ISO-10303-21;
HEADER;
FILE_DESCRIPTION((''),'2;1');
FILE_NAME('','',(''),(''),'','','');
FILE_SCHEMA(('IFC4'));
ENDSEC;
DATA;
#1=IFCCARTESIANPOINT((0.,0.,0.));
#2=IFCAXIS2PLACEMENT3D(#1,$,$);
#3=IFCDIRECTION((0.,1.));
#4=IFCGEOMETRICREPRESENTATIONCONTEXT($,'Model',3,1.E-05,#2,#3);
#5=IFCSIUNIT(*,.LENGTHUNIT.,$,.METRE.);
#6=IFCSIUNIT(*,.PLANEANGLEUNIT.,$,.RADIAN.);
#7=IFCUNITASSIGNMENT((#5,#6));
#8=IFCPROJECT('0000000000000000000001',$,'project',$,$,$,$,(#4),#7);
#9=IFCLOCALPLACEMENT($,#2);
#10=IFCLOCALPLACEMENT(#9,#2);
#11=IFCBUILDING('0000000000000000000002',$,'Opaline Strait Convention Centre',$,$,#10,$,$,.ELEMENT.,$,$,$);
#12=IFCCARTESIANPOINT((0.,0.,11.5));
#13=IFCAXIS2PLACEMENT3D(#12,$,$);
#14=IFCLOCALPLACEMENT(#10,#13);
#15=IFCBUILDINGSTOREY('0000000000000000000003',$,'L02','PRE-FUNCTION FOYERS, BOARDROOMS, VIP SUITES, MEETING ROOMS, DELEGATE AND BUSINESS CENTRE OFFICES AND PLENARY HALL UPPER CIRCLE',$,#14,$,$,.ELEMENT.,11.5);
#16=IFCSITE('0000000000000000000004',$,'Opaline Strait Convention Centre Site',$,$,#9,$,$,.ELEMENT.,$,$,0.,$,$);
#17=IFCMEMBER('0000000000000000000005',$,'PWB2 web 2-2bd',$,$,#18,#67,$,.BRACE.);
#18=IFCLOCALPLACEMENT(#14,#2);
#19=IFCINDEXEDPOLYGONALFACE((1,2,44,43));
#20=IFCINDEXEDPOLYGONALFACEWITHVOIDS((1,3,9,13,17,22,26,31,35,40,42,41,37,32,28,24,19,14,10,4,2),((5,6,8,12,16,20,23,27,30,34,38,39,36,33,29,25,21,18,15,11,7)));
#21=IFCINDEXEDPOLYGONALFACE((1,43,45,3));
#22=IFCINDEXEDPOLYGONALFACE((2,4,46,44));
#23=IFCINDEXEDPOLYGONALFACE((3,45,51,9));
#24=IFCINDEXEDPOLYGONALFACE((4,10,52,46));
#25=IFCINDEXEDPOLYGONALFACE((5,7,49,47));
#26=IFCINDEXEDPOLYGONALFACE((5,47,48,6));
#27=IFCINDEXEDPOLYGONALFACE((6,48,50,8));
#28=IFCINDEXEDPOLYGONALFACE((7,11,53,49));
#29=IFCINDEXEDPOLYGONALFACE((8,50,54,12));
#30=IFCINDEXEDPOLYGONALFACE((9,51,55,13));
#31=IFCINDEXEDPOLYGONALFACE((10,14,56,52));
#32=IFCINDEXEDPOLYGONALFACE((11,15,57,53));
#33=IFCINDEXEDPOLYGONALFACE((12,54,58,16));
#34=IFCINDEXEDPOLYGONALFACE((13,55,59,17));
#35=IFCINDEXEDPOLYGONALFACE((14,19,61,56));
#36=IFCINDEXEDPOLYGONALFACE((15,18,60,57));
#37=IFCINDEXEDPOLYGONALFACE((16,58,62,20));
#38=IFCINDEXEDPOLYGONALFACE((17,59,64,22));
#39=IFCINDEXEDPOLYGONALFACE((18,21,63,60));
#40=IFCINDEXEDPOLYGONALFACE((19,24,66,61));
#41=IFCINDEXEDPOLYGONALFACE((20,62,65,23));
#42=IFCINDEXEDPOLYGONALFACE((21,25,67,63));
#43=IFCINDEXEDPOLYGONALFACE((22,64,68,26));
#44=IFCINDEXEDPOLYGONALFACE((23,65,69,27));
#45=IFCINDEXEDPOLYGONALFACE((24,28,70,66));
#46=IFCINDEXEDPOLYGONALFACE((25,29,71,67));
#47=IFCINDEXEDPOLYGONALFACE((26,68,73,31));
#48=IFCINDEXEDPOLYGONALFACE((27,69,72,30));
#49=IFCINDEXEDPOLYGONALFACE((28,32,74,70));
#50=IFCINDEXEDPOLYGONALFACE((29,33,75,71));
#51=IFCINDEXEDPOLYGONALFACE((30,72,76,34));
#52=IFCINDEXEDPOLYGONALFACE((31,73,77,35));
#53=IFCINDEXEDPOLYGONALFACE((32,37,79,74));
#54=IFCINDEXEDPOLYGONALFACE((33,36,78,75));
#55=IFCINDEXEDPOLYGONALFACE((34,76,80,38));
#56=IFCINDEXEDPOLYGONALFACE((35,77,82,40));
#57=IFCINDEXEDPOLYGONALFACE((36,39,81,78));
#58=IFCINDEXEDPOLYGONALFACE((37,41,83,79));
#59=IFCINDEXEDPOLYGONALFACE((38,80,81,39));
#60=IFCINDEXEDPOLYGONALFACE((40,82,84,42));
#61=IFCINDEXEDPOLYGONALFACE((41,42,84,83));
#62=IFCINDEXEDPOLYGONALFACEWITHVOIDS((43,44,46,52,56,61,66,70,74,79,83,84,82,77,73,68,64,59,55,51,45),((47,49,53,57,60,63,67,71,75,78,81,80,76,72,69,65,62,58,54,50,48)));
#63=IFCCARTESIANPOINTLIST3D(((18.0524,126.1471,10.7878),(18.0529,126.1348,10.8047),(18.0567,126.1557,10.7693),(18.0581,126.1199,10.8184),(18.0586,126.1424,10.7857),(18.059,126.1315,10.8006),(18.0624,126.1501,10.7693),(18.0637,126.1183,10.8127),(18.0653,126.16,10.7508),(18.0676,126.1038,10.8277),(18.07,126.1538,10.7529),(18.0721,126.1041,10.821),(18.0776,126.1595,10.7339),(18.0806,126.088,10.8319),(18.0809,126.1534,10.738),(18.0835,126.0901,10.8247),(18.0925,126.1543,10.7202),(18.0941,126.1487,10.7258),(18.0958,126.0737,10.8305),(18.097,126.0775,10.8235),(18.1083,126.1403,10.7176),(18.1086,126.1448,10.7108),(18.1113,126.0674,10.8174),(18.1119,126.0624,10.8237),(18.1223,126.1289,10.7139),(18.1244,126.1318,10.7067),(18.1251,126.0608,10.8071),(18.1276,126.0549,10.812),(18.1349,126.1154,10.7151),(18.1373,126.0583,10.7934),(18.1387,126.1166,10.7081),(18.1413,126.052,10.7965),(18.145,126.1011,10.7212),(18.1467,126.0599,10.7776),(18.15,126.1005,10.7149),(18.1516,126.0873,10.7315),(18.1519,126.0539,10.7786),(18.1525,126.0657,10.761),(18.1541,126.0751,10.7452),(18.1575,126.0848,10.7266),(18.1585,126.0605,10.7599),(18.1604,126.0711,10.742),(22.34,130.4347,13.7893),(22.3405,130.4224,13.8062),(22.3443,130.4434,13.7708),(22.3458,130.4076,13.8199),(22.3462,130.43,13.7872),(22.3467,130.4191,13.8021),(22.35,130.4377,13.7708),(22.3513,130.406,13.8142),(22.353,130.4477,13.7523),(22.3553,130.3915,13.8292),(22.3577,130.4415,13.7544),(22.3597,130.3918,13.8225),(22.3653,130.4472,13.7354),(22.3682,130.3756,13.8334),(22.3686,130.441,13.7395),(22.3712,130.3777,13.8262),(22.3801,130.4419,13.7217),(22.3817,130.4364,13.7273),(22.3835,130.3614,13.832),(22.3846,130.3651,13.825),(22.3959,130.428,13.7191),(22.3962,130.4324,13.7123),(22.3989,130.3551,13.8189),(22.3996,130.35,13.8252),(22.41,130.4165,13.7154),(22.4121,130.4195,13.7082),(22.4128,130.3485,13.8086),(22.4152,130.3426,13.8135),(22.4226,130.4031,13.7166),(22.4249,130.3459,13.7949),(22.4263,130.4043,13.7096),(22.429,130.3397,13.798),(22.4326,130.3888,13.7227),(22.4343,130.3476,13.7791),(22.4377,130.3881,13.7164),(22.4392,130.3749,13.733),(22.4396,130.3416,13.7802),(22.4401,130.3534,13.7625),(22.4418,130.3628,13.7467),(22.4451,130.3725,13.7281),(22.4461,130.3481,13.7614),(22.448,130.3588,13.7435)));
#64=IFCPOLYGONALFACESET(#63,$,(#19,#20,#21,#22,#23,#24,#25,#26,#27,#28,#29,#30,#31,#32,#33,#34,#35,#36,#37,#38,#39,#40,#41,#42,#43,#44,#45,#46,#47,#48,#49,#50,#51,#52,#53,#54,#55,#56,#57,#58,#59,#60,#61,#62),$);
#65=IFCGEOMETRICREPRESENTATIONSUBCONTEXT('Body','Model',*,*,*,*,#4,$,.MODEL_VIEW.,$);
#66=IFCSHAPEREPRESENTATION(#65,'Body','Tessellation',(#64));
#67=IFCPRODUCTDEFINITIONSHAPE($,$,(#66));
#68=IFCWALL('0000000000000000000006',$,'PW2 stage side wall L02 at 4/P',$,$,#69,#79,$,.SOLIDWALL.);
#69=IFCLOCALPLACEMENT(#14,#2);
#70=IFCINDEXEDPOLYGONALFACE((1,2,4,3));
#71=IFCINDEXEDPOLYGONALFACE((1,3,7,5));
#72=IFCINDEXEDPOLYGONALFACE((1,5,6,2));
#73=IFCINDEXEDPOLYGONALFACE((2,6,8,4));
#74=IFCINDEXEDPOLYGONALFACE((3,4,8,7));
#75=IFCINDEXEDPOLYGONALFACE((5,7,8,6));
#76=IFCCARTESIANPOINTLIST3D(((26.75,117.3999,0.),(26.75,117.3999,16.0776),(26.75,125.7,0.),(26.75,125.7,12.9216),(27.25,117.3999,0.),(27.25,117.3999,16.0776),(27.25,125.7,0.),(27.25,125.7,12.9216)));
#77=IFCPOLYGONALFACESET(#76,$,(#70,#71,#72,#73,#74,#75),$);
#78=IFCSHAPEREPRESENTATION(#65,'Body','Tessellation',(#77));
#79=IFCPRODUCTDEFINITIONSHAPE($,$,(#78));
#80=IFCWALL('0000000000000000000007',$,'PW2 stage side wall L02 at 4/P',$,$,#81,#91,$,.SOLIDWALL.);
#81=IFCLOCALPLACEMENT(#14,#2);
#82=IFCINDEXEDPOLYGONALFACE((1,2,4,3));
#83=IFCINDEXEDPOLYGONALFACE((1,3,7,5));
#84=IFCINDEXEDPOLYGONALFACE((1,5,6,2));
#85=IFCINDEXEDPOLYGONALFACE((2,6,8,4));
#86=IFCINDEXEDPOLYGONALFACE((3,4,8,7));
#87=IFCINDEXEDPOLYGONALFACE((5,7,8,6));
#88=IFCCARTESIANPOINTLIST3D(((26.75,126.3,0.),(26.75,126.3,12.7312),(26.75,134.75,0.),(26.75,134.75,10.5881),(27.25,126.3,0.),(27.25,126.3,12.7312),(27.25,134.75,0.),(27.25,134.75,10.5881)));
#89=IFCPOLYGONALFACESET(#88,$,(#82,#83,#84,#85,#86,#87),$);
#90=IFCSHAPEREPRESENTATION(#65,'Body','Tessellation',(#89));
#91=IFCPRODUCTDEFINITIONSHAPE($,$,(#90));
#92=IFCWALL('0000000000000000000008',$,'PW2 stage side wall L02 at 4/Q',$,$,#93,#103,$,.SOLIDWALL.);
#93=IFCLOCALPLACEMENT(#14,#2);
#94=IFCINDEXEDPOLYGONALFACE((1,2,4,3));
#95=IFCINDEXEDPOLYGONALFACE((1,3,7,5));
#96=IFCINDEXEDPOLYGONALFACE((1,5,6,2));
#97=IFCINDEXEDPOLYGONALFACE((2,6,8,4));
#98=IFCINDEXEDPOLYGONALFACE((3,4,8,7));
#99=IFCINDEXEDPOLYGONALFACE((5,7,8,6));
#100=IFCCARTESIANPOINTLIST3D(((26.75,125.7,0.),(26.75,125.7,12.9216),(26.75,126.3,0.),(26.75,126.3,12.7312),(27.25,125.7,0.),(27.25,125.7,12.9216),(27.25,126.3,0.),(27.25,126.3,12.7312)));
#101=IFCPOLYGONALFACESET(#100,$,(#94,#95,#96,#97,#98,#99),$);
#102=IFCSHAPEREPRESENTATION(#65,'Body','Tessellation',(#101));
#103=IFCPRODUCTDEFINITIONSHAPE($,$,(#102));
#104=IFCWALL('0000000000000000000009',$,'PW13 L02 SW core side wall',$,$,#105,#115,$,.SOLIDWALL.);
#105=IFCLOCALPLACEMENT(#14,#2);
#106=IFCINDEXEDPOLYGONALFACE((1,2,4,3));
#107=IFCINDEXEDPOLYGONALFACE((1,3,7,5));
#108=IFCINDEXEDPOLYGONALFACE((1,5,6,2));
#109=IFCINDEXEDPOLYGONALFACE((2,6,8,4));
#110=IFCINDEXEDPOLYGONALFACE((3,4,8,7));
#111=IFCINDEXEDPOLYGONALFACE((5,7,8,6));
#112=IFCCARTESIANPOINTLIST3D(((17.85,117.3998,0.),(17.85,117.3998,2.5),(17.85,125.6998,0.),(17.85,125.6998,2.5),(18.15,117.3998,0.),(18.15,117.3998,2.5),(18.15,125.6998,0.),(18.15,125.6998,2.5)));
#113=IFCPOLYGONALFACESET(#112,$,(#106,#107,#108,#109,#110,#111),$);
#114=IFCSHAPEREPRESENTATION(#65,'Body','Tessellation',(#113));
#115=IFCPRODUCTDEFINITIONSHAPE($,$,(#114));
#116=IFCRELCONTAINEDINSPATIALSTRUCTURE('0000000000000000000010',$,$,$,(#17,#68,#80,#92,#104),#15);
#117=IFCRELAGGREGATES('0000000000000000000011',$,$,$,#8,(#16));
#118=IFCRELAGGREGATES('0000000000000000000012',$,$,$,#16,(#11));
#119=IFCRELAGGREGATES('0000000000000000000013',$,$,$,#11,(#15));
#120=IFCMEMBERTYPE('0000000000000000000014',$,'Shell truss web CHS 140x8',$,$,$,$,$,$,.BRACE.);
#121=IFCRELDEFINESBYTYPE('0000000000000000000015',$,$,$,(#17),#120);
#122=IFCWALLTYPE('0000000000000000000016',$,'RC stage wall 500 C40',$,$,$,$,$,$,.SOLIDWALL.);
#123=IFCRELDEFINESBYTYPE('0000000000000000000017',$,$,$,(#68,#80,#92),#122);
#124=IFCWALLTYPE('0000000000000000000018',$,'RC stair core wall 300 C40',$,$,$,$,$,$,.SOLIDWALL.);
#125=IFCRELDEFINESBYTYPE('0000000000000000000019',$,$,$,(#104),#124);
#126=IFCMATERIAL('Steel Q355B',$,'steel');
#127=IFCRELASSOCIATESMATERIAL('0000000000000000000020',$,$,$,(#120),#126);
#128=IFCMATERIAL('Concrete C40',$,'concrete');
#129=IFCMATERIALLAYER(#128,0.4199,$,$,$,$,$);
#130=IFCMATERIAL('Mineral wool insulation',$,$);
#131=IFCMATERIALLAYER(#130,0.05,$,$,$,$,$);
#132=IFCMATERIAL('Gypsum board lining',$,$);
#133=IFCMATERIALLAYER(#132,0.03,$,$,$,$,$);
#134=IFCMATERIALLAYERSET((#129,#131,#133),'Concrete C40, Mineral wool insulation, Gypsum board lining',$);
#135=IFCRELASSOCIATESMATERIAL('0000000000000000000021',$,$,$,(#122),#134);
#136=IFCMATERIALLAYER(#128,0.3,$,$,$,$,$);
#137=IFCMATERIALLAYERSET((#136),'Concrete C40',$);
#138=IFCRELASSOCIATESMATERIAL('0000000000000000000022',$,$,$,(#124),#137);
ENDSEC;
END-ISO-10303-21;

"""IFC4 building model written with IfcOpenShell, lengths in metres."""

from ifc_helpers import new_model, si_unit, direction, frame, frame_2d, origin, origin_2d, place, context, subcontext, project, spatial, polyline, rectangle, hollow_circle, outline, extrude, material, layer, layer_set, material_profile, profile_set, type_object, element, save


model = new_model("IFC4")

# Units and contexts
model_context = context("Model", 3, precision=1e-05, world=origin(), true_north=direction((0.0, 1.0)))
body_context = subcontext(model_context, "Body", "Model", "MODEL_VIEW")
ifc_project = project(units=[si_unit("LENGTHUNIT", "METRE"), si_unit("PLANEANGLEUNIT", "RADIAN")], contexts=[model_context])

# Site, building, storey
site_placement = place(None, origin())
site = spatial("IfcSite", under=ifc_project, at=site_placement, Name="Opaline Strait Convention Centre Site", CompositionType="ELEMENT", RefElevation=0.0)
building_placement = place(site_placement, origin())
building = spatial("IfcBuilding", under=site, at=building_placement, Name="Opaline Strait Convention Centre", CompositionType="ELEMENT")
storey_placement = place(building_placement, frame((0.0, 0.0, 11.5)))
storey = spatial("IfcBuildingStorey", under=building, at=storey_placement, Name="L02", Description="PRE-FUNCTION FOYERS, BOARDROOMS, VIP SUITES, MEETING ROOMS, DELEGATE AND BUSINESS CENTRE OFFICES AND PLENARY HALL UPPER CIRCLE", CompositionType="ELEMENT", Elevation=11.5)

# Member
ifc_material_1 = material(Name="Steel Q355B", Category="steel")
ifc_material_profile_1 = material_profile(ifc_material_1, hollow_circle(Radius=0.0701, WallThickness=0.0081, at=origin_2d()), Name="CHS 140x8")
ifc_profile_set_1 = profile_set([ifc_material_profile_1], Name="Steel Q355B")
member_type_1 = type_object("IfcMemberType", Name="Shell truss web CHS 140x8", PredefinedType="BRACE", material=ifc_profile_set_1)
member_1_placement = place(storey_placement, frame((18.1062, 126.1062, 10.7693), z_axis=(0.633718, 0.633718, 0.443624), x_axis=(-0.707107, 0.707107, 0.0)))
element("IfcMember", 1, at=member_1_placement, inside=storey, type_object=member_type_1, Name="PWB2 web 2-2bd", PredefinedType="BRACE", context=body_context, shape_type="SweptSolid", body=[
    extrude(hollow_circle(Radius=0.0701, WallThickness=0.0081, at=origin_2d()), origin(), (0.0, 0.0, 1.0), 6.7659),
])

# Walls
ifc_material_2 = material(Name="Concrete C40", Category="concrete")
ifc_layer_1 = layer(ifc_material_2, 0.4199)
ifc_material_3 = material(Name="Mineral wool insulation")
ifc_layer_2 = layer(ifc_material_3, 0.05)
ifc_material_4 = material(Name="Gypsum board lining")
ifc_layer_3 = layer(ifc_material_4, 0.03)
ifc_layer_set_1 = layer_set([ifc_layer_1, ifc_layer_2, ifc_layer_3], Name="Concrete C40, Mineral wool insulation, Gypsum board lining")
wall_type_1 = type_object("IfcWallType", Name="RC stage wall 500 C40", PredefinedType="SOLIDWALL", material=ifc_layer_set_1)
wall_1_placement = place(storey_placement, frame((27.0, 117.3999, 0.0), z_axis=(0.0, 0.0, 1.0), x_axis=(0.0, 1.0, 0.0)))
element("IfcWall", 2, at=wall_1_placement, inside=storey, type_object=wall_type_1, Name="PW2 stage side wall L02 at 4/P", PredefinedType="SOLIDWALL", context=body_context, shape_type="SweptSolid", body=[
    extrude(outline(polyline([(0.0, 0.0), (8.3, 0.0), (8.3, 12.9216), (0.0, 16.0776), (0.0, 0.0)])), frame((0.0, 0.25, 0.0), z_axis=(0.0, -1.0, 0.0), x_axis=(1.0, 0.0, 0.0)), (0.0, 0.0, 1.0), 0.5),
])
wall_2_placement = place(storey_placement, frame((27.0, 126.3, 0.0), z_axis=(0.0, 0.0, 1.0), x_axis=(0.0, 1.0, 0.0)))
element("IfcWall", 3, at=wall_2_placement, inside=storey, type_object=wall_type_1, Name="PW2 stage side wall L02 at 4/P", PredefinedType="SOLIDWALL", context=body_context, shape_type="SweptSolid", body=[
    extrude(outline(polyline([(0.0, 0.0), (8.45, 0.0), (8.45, 10.5881), (0.0, 12.7312), (0.0, 0.0)])), frame((0.0, 0.25, 0.0), z_axis=(0.0, -1.0, 0.0), x_axis=(1.0, 0.0, 0.0)), (0.0, 0.0, 1.0), 0.5),
])
wall_3_placement = place(storey_placement, frame((27.0, 125.7, 0.0), z_axis=(0.0, 0.0, 1.0), x_axis=(0.0, 1.0, 0.0)))
element("IfcWall", 4, at=wall_3_placement, inside=storey, type_object=wall_type_1, Name="PW2 stage side wall L02 at 4/Q", PredefinedType="SOLIDWALL", context=body_context, shape_type="SweptSolid", body=[
    extrude(outline(polyline([(0.0, 0.0), (0.6001, 0.0), (0.6001, 12.7312), (0.0, 12.9216), (0.0, 0.0)])), frame((0.0, 0.25, 0.0), z_axis=(0.0, -1.0, 0.0), x_axis=(1.0, 0.0, 0.0)), (0.0, 0.0, 1.0), 0.5),
])
ifc_layer_4 = layer(ifc_material_2, 0.3)
ifc_layer_set_2 = layer_set([ifc_layer_4], Name="Concrete C40")
wall_type_2 = type_object("IfcWallType", Name="RC stair core wall 300 C40", PredefinedType="SOLIDWALL", material=ifc_layer_set_2)
wall_4_placement = place(storey_placement, frame((18.0, 117.3999, 0.0), z_axis=(0.0, 0.0, 1.0), x_axis=(0.0, 1.0, 0.0)))
element("IfcWall", 5, at=wall_4_placement, inside=storey, type_object=wall_type_2, Name="PW13 L02 SW core side wall", PredefinedType="SOLIDWALL", context=body_context, shape_type="SweptSolid", body=[
    extrude(rectangle(XDim=8.3, YDim=0.3, at=frame_2d((4.1499, 0.0))), origin(), (0.0, 0.0, 1.0), 2.5),
])

save(model, "model.ifc")
